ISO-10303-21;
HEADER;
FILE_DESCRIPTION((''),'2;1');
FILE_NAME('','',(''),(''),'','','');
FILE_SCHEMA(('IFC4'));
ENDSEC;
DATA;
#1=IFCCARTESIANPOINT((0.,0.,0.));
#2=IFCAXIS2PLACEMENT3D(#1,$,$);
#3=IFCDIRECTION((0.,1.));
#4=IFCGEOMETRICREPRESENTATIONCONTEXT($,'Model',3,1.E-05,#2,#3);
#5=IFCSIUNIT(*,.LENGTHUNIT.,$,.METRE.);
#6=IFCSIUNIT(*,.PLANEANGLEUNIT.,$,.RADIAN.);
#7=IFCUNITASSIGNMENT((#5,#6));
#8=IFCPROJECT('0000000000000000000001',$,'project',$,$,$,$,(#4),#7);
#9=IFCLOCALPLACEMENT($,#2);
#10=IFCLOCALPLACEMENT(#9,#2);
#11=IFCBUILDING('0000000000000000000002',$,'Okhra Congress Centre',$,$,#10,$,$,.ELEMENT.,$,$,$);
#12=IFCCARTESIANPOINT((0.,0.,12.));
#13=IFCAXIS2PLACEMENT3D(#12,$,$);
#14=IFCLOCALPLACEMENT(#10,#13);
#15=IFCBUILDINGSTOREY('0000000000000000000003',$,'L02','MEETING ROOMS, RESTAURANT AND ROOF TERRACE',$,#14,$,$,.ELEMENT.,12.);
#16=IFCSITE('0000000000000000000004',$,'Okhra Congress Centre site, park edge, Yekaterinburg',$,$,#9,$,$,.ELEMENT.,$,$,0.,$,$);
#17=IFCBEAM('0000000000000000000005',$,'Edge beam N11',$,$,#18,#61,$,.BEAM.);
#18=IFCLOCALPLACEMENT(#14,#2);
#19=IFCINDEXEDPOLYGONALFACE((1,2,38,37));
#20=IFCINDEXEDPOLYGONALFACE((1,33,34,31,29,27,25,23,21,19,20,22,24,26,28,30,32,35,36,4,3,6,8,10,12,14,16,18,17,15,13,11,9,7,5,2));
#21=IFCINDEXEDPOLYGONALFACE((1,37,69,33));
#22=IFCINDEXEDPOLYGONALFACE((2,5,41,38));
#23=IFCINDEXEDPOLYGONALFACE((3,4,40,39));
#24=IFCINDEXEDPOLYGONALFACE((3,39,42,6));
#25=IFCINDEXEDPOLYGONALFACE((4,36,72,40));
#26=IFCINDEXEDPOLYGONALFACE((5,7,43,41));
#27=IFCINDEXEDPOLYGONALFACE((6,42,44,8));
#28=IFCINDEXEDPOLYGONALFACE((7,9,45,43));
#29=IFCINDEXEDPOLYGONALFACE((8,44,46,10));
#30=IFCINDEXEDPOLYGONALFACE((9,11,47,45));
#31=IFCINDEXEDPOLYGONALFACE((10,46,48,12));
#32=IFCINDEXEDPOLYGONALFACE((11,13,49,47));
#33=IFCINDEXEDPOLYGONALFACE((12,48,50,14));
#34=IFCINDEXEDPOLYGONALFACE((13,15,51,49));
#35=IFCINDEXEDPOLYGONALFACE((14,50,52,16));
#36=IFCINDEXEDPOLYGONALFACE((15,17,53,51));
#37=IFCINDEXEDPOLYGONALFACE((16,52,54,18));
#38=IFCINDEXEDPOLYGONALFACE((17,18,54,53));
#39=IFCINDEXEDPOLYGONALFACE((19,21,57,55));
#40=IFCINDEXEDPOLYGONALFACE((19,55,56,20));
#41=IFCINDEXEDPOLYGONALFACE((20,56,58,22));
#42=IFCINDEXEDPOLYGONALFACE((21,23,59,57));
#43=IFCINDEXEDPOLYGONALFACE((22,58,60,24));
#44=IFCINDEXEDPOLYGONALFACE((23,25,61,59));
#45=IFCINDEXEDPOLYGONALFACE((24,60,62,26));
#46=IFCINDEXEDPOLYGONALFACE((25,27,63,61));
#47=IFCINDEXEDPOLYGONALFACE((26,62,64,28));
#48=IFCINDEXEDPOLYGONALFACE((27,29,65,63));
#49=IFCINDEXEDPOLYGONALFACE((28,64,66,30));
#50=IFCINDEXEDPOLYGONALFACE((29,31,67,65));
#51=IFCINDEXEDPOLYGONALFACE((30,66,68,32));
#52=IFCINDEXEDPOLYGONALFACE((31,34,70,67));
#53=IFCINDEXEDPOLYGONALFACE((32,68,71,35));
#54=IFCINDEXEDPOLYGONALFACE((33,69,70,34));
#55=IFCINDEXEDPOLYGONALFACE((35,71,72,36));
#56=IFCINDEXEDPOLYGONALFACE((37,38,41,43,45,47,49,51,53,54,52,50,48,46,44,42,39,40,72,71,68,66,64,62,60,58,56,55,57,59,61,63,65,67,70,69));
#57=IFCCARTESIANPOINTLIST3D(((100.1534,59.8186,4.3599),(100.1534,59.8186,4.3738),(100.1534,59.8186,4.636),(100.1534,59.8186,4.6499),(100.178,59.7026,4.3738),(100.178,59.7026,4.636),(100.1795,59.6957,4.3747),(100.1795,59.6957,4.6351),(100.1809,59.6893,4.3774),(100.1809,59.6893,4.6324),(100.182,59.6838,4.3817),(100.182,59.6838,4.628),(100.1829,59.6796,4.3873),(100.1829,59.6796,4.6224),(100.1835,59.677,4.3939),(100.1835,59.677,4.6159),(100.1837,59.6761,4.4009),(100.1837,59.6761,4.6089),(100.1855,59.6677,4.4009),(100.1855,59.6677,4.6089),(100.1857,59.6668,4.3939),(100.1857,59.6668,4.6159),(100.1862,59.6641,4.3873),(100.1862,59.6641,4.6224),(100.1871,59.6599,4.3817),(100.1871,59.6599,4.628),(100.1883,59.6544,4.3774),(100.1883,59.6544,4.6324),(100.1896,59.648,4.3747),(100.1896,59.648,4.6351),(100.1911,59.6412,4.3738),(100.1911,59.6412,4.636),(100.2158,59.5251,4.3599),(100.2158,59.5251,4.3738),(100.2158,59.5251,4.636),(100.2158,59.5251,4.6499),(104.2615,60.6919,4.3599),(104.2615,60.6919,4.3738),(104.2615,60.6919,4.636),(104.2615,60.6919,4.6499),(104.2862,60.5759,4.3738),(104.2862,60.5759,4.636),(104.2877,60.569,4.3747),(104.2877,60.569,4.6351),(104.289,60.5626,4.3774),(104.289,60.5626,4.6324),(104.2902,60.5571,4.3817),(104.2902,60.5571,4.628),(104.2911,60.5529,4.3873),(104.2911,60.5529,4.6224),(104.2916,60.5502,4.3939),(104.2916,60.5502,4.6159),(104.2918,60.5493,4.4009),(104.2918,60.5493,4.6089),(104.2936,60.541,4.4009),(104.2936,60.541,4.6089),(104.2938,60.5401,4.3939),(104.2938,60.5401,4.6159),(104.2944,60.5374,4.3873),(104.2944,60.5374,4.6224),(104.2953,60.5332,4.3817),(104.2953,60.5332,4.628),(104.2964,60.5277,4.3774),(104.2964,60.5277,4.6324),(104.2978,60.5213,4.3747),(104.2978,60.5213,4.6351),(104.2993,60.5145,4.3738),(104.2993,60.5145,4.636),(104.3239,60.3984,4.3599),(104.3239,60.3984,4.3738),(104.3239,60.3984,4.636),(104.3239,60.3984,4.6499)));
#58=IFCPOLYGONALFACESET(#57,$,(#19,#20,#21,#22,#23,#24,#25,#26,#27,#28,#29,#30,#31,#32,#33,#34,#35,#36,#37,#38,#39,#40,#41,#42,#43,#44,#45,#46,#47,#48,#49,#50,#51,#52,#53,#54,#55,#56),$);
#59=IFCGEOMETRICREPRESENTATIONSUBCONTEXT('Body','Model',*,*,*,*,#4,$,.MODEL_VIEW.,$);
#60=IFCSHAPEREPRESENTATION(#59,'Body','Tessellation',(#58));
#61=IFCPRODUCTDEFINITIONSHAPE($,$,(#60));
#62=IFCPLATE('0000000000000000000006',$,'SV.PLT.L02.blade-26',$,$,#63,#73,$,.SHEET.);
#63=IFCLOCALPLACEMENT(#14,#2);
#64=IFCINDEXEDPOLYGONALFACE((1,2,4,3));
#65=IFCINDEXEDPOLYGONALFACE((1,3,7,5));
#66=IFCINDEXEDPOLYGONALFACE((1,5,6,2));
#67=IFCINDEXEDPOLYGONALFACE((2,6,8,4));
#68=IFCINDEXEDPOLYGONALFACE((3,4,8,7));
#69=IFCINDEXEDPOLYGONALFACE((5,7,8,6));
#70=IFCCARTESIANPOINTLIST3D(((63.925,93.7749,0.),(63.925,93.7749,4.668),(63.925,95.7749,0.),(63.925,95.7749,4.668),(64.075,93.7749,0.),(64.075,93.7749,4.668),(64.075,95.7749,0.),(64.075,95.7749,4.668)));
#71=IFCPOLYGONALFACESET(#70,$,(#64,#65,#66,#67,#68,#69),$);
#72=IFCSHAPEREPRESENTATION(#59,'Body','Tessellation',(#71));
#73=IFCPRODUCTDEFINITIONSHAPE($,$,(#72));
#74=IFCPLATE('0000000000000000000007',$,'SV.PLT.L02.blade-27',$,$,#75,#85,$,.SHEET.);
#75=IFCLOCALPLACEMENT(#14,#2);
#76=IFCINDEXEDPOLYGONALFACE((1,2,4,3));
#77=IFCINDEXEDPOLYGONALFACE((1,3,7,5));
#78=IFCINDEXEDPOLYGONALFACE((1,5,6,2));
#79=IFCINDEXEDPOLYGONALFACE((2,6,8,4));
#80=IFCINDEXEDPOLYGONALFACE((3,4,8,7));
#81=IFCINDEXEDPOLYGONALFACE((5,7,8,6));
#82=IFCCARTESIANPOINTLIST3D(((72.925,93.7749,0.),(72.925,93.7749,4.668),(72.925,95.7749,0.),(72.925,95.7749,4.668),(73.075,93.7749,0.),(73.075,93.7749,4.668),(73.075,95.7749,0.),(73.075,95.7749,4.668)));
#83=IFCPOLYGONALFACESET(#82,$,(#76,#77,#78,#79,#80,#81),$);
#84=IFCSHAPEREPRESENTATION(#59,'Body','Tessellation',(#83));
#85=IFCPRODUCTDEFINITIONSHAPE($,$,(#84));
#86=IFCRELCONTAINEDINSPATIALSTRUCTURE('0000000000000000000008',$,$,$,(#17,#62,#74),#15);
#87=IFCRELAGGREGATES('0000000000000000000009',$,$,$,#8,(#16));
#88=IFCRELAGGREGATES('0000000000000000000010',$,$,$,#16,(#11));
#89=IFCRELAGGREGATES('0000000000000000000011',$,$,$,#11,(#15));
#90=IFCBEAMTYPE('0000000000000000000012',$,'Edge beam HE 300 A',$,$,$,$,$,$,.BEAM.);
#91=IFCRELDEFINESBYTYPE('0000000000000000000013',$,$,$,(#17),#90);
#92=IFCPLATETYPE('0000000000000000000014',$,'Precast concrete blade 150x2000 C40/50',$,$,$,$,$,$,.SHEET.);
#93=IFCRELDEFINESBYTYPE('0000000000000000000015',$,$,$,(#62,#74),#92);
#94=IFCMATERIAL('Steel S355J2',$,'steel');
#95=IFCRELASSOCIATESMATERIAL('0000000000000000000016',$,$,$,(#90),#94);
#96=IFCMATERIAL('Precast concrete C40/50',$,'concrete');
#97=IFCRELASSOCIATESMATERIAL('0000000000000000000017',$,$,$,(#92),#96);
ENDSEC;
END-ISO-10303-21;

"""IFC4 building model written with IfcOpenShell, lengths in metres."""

from ifc_helpers import new_model, si_unit, direction, frame, origin, origin_2d, place, context, subcontext, project, spatial, rectangle, i_section, extrude, material, material_profile, profile_set, type_object, element, save


model = new_model("IFC4")

# Units and contexts
model_context = context("Model", 3, precision=1e-05, world=origin(), true_north=direction((0.0, 1.0)))
body_context = subcontext(model_context, "Body", "Model", "MODEL_VIEW")
ifc_project = project(units=[si_unit("LENGTHUNIT", "METRE"), si_unit("PLANEANGLEUNIT", "RADIAN")], contexts=[model_context])

# Site, building, storey
site_placement = place(None, origin())
site = spatial("IfcSite", under=ifc_project, at=site_placement, Name="Okhra Congress Centre site, park edge, Yekaterinburg", CompositionType="ELEMENT", RefElevation=0.0)
building_placement = place(site_placement, origin())
building = spatial("IfcBuilding", under=site, at=building_placement, Name="Okhra Congress Centre", CompositionType="ELEMENT")
storey_placement = place(building_placement, frame((0.0, 0.0, 12.0)))
storey = spatial("IfcBuildingStorey", under=building, at=storey_placement, Name="L02", Description="MEETING ROOMS, RESTAURANT AND ROOF TERRACE", CompositionType="ELEMENT", Elevation=12.0)

# Shared definitions
ifc_material_1 = material(Name="Steel S355J2", Category="steel")

# Beam
ifc_material_profile_1 = material_profile(ifc_material_1, i_section(OverallWidth=0.3, OverallDepth=0.29, WebThickness=0.0085, FlangeThickness=0.0139, FilletRadius=0.0271, at=origin_2d()), Name="HE 300 A")
ifc_profile_set_1 = profile_set([ifc_material_profile_1], Name="Steel S355J2")
beam_type = type_object("IfcBeamType", Name="Edge beam HE 300 A", PredefinedType="BEAM", material=ifc_profile_set_1)
beam_1_placement = place(storey_placement, frame((100.1846, 59.6719, 4.5049), z_axis=(0.978144, 0.207929, 0.0), x_axis=(-0.207929, 0.978144, 0.0)))
element("IfcBeam", 1, at=beam_1_placement, inside=storey, type_object=beam_type, Name="Edge beam N11", PredefinedType="BEAM", context=body_context, shape_type="SweptSolid", body=[
    extrude(i_section(OverallWidth=0.3, OverallDepth=0.29, WebThickness=0.0085, FlangeThickness=0.0139, FilletRadius=0.0271, at=origin_2d()), origin(), (0.0, 0.0, 1.0), 4.2),
])

# Plates
ifc_material_2 = material(Name="Precast concrete C40/50", Category="concrete")
plate_type_1 = type_object("IfcPlateType", Name="Precast concrete blade 150x2000 C40/50", PredefinedType="SHEET", material=ifc_material_2)
for number, where, z_axis, x_axis, name in (
    (2, (64.0, 94.7749, 0.0), (0.0, 0.0, 1.0), (1.0, 0.0, 0.0), "SV.PLT.L02.blade-26"),
    (3, (73.0, 94.7749, 0.0), (0.0, 0.0, 1.0), (1.0, 0.0, 0.0), "SV.PLT.L02.blade-27"),
):
    element("IfcPlate", number, at=place(storey_placement, frame(where, z_axis=z_axis, x_axis=x_axis)), inside=storey, type_object=plate_type_1, Name=name, PredefinedType="SHEET", context=body_context, shape_type="SweptSolid", body=[
        extrude(rectangle(XDim=0.1499, YDim=2.0, at=origin_2d()), origin(), (0.0, 0.0, 1.0), 4.668),
    ])

save(model, "model.ifc")
